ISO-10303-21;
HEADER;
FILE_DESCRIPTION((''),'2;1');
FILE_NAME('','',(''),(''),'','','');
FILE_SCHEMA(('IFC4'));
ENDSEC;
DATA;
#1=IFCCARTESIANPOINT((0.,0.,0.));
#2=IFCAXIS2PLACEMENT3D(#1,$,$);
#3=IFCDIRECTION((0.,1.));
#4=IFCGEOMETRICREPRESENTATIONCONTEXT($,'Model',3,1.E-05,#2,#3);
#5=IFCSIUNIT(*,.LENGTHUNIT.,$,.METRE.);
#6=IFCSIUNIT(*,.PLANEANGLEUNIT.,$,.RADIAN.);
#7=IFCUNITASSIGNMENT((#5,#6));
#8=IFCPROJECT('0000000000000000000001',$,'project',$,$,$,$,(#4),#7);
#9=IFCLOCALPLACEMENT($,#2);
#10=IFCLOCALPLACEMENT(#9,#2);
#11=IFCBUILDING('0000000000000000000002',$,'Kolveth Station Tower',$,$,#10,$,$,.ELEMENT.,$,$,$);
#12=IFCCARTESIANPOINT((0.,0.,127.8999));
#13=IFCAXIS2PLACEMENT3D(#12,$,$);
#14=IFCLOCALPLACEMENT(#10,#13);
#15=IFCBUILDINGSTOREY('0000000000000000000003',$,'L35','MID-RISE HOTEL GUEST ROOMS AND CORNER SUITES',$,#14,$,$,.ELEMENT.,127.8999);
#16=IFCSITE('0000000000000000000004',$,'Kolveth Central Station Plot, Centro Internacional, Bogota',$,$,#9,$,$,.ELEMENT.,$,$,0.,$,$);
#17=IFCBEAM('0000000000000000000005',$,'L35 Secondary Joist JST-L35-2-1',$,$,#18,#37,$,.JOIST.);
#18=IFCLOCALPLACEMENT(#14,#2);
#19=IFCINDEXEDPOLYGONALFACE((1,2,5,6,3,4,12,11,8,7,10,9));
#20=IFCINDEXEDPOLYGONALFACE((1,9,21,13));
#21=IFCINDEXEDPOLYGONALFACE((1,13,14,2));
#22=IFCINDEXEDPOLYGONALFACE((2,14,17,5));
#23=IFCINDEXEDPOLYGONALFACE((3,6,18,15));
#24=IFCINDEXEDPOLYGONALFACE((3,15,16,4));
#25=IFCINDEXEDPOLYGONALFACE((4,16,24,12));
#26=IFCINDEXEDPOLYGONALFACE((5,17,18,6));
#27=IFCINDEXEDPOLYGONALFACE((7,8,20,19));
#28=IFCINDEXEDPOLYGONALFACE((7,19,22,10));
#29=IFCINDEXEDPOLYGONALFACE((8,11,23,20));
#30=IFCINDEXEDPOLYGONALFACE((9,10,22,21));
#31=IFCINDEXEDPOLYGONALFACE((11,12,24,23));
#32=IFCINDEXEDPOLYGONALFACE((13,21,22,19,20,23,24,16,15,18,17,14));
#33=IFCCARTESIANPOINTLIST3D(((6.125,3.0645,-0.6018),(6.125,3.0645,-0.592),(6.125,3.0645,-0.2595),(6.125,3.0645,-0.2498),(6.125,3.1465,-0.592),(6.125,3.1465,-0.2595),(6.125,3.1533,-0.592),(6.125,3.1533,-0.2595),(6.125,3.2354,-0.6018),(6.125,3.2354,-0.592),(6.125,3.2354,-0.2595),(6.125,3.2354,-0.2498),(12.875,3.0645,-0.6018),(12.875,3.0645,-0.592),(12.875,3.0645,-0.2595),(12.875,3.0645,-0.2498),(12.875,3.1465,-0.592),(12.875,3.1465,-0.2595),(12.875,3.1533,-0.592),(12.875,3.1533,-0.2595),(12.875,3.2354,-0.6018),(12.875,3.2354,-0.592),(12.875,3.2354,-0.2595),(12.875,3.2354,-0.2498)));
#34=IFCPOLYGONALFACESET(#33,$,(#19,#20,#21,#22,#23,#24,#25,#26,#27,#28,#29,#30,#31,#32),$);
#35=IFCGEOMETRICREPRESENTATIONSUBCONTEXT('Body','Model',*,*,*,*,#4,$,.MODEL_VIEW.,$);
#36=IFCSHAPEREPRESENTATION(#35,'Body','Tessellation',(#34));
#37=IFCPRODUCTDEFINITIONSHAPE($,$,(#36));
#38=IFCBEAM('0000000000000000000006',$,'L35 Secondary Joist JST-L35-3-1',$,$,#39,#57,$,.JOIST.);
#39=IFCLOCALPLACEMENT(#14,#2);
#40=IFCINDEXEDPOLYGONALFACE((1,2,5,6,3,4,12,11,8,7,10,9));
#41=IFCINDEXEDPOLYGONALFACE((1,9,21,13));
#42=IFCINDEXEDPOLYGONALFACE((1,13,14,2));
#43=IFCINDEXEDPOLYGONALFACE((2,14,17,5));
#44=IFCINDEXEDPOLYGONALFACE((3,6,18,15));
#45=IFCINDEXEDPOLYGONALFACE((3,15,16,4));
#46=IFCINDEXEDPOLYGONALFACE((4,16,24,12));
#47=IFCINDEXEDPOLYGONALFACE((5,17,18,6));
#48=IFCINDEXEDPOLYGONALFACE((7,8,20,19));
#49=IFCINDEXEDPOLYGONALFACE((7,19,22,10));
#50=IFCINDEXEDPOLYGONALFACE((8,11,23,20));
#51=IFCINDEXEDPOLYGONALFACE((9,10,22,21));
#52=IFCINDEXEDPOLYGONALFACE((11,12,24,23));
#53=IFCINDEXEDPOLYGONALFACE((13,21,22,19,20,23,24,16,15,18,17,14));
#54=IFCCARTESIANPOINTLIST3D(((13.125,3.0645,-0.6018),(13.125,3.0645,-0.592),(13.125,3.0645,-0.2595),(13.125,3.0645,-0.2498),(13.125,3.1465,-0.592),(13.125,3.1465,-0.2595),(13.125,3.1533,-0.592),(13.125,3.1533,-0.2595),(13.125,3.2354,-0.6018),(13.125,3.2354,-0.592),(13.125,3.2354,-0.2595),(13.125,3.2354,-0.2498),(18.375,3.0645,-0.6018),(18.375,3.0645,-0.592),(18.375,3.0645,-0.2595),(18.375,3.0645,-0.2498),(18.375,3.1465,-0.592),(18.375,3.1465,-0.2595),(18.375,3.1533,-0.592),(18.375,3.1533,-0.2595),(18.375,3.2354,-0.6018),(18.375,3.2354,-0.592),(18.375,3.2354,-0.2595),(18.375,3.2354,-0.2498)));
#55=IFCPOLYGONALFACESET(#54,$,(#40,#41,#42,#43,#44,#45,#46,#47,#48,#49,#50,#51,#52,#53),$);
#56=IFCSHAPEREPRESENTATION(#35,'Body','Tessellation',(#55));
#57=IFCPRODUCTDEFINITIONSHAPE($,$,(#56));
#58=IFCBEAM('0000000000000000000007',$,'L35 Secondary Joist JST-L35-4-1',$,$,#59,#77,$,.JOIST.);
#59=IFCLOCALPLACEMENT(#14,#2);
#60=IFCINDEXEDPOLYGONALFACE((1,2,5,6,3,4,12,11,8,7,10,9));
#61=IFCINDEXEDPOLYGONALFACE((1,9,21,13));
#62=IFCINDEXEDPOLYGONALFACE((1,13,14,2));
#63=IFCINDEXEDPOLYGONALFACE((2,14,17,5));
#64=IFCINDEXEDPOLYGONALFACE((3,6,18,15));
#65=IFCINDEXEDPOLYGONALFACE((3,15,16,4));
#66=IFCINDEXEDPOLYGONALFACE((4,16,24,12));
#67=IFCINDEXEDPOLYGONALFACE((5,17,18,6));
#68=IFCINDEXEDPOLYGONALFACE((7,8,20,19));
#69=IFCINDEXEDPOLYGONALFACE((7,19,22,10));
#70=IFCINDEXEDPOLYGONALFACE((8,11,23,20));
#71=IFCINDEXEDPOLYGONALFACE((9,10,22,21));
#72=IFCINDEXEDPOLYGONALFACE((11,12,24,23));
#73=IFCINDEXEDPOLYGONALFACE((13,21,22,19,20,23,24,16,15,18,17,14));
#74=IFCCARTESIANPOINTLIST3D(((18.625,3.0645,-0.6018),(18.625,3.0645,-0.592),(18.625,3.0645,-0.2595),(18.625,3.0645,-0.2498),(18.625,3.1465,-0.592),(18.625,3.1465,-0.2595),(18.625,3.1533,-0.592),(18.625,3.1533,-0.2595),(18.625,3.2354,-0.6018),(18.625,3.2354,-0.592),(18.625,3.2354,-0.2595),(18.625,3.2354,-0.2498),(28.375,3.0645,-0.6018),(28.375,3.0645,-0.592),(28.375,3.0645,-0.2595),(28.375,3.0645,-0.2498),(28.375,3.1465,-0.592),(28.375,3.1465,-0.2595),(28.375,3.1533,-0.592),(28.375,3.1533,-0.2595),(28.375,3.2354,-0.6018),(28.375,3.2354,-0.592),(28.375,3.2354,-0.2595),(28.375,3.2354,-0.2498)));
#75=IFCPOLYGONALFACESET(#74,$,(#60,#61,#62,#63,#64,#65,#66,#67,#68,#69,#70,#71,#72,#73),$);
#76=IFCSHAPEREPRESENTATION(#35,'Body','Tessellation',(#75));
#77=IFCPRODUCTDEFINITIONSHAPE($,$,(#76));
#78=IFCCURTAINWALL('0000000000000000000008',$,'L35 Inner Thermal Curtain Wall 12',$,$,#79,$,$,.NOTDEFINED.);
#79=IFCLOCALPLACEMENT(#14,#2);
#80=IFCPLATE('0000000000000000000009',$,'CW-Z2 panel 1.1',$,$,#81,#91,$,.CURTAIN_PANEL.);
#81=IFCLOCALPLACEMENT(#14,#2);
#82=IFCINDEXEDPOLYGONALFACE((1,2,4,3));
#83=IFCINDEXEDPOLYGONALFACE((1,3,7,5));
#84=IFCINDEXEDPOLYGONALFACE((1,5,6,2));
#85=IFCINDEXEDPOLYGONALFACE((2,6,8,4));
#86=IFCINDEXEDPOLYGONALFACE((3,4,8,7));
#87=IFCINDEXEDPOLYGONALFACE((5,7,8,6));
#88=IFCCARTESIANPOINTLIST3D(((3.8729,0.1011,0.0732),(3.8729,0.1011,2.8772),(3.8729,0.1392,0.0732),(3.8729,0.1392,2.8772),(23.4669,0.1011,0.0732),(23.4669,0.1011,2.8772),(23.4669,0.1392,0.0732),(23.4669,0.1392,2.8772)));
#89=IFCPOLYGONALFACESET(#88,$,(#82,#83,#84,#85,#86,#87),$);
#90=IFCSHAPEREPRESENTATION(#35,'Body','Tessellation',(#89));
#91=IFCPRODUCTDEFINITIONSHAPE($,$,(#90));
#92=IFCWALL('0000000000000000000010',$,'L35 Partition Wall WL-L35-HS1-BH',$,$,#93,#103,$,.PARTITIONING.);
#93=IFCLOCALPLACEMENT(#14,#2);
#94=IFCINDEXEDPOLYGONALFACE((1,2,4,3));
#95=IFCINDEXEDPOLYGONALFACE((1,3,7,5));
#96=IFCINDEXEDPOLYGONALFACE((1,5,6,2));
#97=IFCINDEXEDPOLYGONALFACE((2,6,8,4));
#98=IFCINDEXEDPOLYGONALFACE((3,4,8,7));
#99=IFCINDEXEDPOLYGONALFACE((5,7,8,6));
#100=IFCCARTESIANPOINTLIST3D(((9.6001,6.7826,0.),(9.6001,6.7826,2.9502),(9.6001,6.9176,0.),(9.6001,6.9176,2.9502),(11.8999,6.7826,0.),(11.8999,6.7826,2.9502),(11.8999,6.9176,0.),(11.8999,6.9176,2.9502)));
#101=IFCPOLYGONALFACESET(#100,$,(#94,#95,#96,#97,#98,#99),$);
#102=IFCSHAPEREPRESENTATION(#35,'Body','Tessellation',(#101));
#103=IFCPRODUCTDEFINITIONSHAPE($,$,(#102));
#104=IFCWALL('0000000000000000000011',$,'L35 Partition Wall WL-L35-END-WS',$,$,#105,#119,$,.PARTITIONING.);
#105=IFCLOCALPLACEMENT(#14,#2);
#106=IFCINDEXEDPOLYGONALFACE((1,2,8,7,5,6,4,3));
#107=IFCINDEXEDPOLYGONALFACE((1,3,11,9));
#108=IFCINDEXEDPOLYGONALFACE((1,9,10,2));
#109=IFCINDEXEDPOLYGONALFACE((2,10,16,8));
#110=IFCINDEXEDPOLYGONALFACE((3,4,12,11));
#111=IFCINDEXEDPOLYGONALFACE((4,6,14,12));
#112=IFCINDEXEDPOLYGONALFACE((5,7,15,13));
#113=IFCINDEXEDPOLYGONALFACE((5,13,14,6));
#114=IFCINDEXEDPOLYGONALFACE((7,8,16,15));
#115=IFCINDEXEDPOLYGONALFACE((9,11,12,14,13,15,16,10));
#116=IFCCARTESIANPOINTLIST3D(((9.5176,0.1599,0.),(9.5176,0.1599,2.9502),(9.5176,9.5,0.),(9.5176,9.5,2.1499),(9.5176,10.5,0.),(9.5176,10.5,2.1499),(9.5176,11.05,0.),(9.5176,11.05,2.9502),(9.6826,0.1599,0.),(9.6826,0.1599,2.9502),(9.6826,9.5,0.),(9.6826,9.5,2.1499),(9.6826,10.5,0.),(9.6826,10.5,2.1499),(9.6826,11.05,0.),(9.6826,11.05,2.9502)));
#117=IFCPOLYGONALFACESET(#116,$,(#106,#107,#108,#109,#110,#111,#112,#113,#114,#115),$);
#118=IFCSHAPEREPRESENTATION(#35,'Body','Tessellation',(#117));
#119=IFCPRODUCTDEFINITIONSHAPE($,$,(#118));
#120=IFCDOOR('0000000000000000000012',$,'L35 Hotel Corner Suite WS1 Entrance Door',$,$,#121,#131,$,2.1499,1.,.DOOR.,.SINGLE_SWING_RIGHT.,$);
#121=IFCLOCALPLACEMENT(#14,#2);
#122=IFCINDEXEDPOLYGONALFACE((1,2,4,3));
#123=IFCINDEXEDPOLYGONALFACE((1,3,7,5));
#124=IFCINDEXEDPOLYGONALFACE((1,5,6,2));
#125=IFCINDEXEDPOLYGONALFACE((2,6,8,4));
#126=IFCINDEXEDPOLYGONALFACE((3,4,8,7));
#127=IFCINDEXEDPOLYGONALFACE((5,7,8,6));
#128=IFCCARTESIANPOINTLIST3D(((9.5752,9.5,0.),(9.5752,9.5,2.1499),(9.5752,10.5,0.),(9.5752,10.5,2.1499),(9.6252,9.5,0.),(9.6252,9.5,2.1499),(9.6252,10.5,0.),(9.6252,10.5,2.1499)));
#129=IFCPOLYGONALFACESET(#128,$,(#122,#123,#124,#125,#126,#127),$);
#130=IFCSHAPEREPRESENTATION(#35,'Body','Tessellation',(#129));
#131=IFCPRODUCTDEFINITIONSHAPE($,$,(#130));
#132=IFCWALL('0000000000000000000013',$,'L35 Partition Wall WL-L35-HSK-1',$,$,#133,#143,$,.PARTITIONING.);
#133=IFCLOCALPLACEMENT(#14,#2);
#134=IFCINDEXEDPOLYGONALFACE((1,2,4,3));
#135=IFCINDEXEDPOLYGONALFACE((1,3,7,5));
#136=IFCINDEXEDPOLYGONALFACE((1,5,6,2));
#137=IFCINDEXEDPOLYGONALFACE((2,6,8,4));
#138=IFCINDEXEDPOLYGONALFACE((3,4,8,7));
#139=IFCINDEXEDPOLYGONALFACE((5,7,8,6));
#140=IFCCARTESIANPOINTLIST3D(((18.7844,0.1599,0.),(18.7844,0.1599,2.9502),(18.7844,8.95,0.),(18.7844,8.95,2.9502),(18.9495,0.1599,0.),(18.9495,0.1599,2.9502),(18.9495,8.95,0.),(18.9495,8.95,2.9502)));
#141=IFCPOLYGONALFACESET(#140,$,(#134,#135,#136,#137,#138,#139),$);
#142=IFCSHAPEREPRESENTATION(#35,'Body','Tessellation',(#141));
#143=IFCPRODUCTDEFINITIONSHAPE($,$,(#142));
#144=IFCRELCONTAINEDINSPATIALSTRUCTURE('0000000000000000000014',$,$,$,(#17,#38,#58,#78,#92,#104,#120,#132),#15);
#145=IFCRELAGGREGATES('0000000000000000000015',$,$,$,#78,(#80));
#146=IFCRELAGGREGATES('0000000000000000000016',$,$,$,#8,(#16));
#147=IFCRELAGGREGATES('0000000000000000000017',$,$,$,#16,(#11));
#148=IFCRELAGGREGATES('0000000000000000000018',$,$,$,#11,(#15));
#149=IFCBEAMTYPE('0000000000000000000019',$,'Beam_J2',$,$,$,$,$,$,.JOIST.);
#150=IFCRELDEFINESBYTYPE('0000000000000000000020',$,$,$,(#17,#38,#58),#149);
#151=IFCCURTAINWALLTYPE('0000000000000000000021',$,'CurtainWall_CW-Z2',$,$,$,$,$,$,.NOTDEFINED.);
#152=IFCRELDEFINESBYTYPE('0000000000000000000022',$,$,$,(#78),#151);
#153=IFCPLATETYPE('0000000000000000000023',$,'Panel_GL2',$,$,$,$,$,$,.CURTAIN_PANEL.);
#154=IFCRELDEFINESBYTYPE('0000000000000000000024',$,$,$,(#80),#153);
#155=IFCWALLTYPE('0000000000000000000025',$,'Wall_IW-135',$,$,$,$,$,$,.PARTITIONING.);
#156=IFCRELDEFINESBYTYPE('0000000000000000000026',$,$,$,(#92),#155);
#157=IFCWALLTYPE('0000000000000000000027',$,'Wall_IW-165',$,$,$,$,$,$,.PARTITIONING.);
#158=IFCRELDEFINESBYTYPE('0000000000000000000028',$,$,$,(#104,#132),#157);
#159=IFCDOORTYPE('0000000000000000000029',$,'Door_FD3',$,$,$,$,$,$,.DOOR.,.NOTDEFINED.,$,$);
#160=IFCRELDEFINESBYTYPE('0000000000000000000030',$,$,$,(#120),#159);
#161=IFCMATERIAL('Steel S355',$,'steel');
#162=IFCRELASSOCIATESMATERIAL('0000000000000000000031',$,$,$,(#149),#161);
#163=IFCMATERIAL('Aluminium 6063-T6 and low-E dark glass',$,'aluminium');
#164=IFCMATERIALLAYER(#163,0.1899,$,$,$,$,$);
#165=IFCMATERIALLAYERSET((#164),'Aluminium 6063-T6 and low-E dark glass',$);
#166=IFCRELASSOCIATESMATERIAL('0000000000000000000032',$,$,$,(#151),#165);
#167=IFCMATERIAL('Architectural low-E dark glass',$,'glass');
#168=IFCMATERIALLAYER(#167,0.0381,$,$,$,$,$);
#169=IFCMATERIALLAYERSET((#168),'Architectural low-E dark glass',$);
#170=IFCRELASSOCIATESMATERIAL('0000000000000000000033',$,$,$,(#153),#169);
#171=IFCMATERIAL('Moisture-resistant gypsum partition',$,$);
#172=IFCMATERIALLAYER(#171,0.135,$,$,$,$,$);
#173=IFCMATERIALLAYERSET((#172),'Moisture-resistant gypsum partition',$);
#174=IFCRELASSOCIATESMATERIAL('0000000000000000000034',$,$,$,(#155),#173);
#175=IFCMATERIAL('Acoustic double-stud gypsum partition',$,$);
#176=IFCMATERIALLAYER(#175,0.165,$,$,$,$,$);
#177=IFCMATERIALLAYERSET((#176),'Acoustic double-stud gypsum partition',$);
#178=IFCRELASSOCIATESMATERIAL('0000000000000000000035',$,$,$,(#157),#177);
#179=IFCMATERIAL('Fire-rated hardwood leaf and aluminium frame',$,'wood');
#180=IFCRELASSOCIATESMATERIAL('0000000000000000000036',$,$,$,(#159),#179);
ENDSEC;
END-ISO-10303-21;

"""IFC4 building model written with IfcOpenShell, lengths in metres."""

from ifc_helpers import new_model, si_unit, direction, frame, frame_2d, origin, origin_2d, place, context, subcontext, project, spatial, rectangle, i_section, extrude, source, transform, mapped, material, layer, layer_set, material_profile, profile_set, type_object, element, fill, aggregate, save


model = new_model("IFC4")

# Units and contexts
model_context = context("Model", 3, precision=1e-05, world=origin(), true_north=direction((0.0, 1.0)))
body_context = subcontext(model_context, "Body", "Model", "MODEL_VIEW")
ifc_project = project(units=[si_unit("LENGTHUNIT", "METRE"), si_unit("PLANEANGLEUNIT", "RADIAN")], contexts=[model_context])

# Site, building, storey
site_placement = place(None, origin())
site = spatial("IfcSite", under=ifc_project, at=site_placement, Name="Kolveth Central Station Plot, Centro Internacional, Bogota", CompositionType="ELEMENT", RefElevation=0.0)
building_placement = place(site_placement, origin())
building = spatial("IfcBuilding", under=site, at=building_placement, Name="Kolveth Station Tower", CompositionType="ELEMENT")
storey_placement = place(building_placement, frame((0.0, 0.0, 127.8999)))
storey = spatial("IfcBuildingStorey", under=building, at=storey_placement, Name="L35", Description="MID-RISE HOTEL GUEST ROOMS AND CORNER SUITES", CompositionType="ELEMENT", Elevation=127.8999)

# Beams
ifc_material_1 = material(Name="Steel S355", Category="steel")
ifc_material_profile_1 = material_profile(ifc_material_1, i_section(OverallWidth=0.1709, OverallDepth=0.3521, WebThickness=0.0068, FlangeThickness=0.0098, at=origin_2d()), Name="W360x44")
ifc_profile_set_1 = profile_set([ifc_material_profile_1], Name="Steel S355")
beam_type_1 = type_object("IfcBeamType", Name="Beam_J2", PredefinedType="JOIST", material=ifc_profile_set_1)
shared_shape_1 = source(origin(), body_context, "Body", "SweptSolid", [
    extrude(i_section(OverallWidth=0.1709, OverallDepth=0.3521, WebThickness=0.0068, FlangeThickness=0.0098, at=origin_2d()), origin(), (0.0, 0.0, 1.0), 6.75),
])
beam_1_placement = place(storey_placement, frame((6.125, 3.1499, -0.4258), z_axis=(1.0, 0.0, 0.0), x_axis=(0.0, 1.0, 0.0)))
element("IfcBeam", 1, at=beam_1_placement, inside=storey, type_object=beam_type_1, Name="L35 Secondary Joist JST-L35-2-1", PredefinedType="JOIST", context=body_context, shape_type="MappedRepresentation", body=[
    mapped(shared_shape_1, transform((0.0, 0.0, 0.0), x_axis=(1.0, 0.0, 0.0), y_axis=(0.0, 1.0, 0.0), z_axis=(0.0, 0.0, 1.0), scale=1.0)),
])
shared_shape_2 = source(origin(), body_context, "Body", "SweptSolid", [
    extrude(i_section(OverallWidth=0.1709, OverallDepth=0.3521, WebThickness=0.0068, FlangeThickness=0.0098, at=origin_2d()), origin(), (0.0, 0.0, 1.0), 5.25),
])
beam_2_placement = place(storey_placement, frame((13.125, 3.1499, -0.4258), z_axis=(1.0, 0.0, 0.0), x_axis=(0.0, 1.0, 0.0)))
element("IfcBeam", 2, at=beam_2_placement, inside=storey, type_object=beam_type_1, Name="L35 Secondary Joist JST-L35-3-1", PredefinedType="JOIST", context=body_context, shape_type="MappedRepresentation", body=[
    mapped(shared_shape_2, transform((0.0, 0.0, 0.0), x_axis=(1.0, 0.0, 0.0), y_axis=(0.0, 1.0, 0.0), z_axis=(0.0, 0.0, 1.0), scale=1.0)),
])
shared_shape_3 = source(origin(), body_context, "Body", "SweptSolid", [
    extrude(i_section(OverallWidth=0.1709, OverallDepth=0.3521, WebThickness=0.0068, FlangeThickness=0.0098, at=origin_2d()), origin(), (0.0, 0.0, 1.0), 9.75),
])
beam_3_placement = place(storey_placement, frame((18.625, 3.1499, -0.4258), z_axis=(1.0, 0.0, 0.0), x_axis=(0.0, 1.0, 0.0)))
element("IfcBeam", 3, at=beam_3_placement, inside=storey, type_object=beam_type_1, Name="L35 Secondary Joist JST-L35-4-1", PredefinedType="JOIST", context=body_context, shape_type="MappedRepresentation", body=[
    mapped(shared_shape_3, transform((0.0, 0.0, 0.0), x_axis=(1.0, 0.0, 0.0), y_axis=(0.0, 1.0, 0.0), z_axis=(0.0, 0.0, 1.0), scale=1.0)),
])

# Curtain wall, plate
ifc_material_2 = material(Name="Aluminium 6063-T6 and low-E dark glass", Category="aluminium")
ifc_layer_1 = layer(ifc_material_2, 0.1899)
ifc_layer_set_1 = layer_set([ifc_layer_1], Name="Aluminium 6063-T6 and low-E dark glass")
curtain_wall_type = type_object("IfcCurtainWallType", Name="CurtainWall_CW-Z2", PredefinedType="NOTDEFINED", material=ifc_layer_set_1)
curtain_wall_placement = place(storey_placement, origin())
curtain_wall = element("IfcCurtainWall", 4, at=curtain_wall_placement, inside=storey, type_object=curtain_wall_type, Name="L35 Inner Thermal Curtain Wall 12", PredefinedType="NOTDEFINED")
ifc_material_3 = material(Name="Architectural low-E dark glass", Category="glass")
ifc_layer_2 = layer(ifc_material_3, 0.0381)
ifc_layer_set_2 = layer_set([ifc_layer_2], Name="Architectural low-E dark glass")
plate_type = type_object("IfcPlateType", Name="Panel_GL2", PredefinedType="CURTAIN_PANEL", material=ifc_layer_set_2)
shared_shape_4 = source(origin(), body_context, "Body", "SweptSolid", [
    extrude(rectangle(XDim=19.594, YDim=0.0381, at=origin_2d()), origin(), (0.0, 0.0, 1.0), 2.804),
])
plate_placement = place(storey_placement, frame((13.6699, 0.1201, 0.0732), z_axis=(0.0, 0.0, 1.0), x_axis=(1.0, 0.0, 0.0)))
plate = element("IfcPlate", 5, at=plate_placement, type_object=plate_type, Name="CW-Z2 panel 1.1", PredefinedType="CURTAIN_PANEL", context=body_context, shape_type="MappedRepresentation", body=[
    mapped(shared_shape_4, transform((0.0, 0.0, 0.0), x_axis=(1.0, 0.0, 0.0), y_axis=(0.0, 1.0, 0.0), z_axis=(0.0, 0.0, 1.0), scale=1.0)),
])
aggregate(curtain_wall, [plate])

# Wall
ifc_material_4 = material(Name="Moisture-resistant gypsum partition")
ifc_layer_3 = layer(ifc_material_4, 0.135)
ifc_layer_set_3 = layer_set([ifc_layer_3], Name="Moisture-resistant gypsum partition")
wall_type_1 = type_object("IfcWallType", Name="Wall_IW-135", PredefinedType="PARTITIONING", material=ifc_layer_set_3)
wall_1_placement = place(storey_placement, frame((9.6001, 6.8501, 0.0), z_axis=(0.0, 0.0, 1.0), x_axis=(1.0, 0.0, 0.0)))
element("IfcWall", 6, at=wall_1_placement, inside=storey, type_object=wall_type_1, Name="L35 Partition Wall WL-L35-HS1-BH", PredefinedType="PARTITIONING", context=body_context, shape_type="SweptSolid", body=[
    extrude(rectangle(XDim=2.2998, YDim=0.135, at=frame_2d((1.1499, 0.0))), origin(), (0.0, 0.0, 1.0), 2.9502),
])

# Wall, opening, door
ifc_material_5 = material(Name="Acoustic double-stud gypsum partition")
ifc_layer_4 = layer(ifc_material_5, 0.165)
ifc_layer_set_4 = layer_set([ifc_layer_4], Name="Acoustic double-stud gypsum partition")
wall_type_2 = type_object("IfcWallType", Name="Wall_IW-165", PredefinedType="PARTITIONING", material=ifc_layer_set_4)
wall_2_placement = place(storey_placement, frame((9.6001, 0.1599, 0.0), z_axis=(0.0, 0.0, 1.0), x_axis=(0.0, 1.0, 0.0)))
wall_2 = element("IfcWall", 7, at=wall_2_placement, inside=storey, type_object=wall_type_2, Name="L35 Partition Wall WL-L35-END-WS", PredefinedType="PARTITIONING", context=body_context, shape_type="SweptSolid", body=[
    extrude(rectangle(XDim=10.8901, YDim=0.165, at=frame_2d((5.4451, 0.0))), origin(), (0.0, 0.0, 1.0), 2.9502),
])
opening_placement = place(wall_2_placement, frame((9.3401, 0.0, 0.0)))
opening = element("IfcOpeningElement", 8, at=opening_placement, cuts=wall_2, PredefinedType="OPENING", context=body_context, shape_type="SweptSolid", body=[
    extrude(rectangle(XDim=1.0, YDim=2.1499, at=frame_2d((0.5, 1.075))), frame((0.0, 0.0925, 0.0), z_axis=(0.0, -1.0, 0.0), x_axis=(1.0, 0.0, 0.0)), (0.0, 0.0, 1.0), 0.1851),
])
ifc_material_6 = material(Name="Fire-rated hardwood leaf and aluminium frame", Category="wood")
door_type = type_object("IfcDoorType", Name="Door_FD3", OperationType="NOTDEFINED", PredefinedType="DOOR", material=ifc_material_6)
door_placement = place(opening_placement, origin())
door = element("IfcDoor", 9, at=door_placement, inside=storey, type_object=door_type, Name="L35 Hotel Corner Suite WS1 Entrance Door", OperationType="SINGLE_SWING_RIGHT", OverallHeight=2.1499, OverallWidth=1.0, PredefinedType="DOOR", context=body_context, shape_type="SweptSolid", body=[
    extrude(rectangle(XDim=1.0, YDim=2.1499, at=frame_2d((0.5, 1.075))), frame((0.0, 0.0249, 0.0), z_axis=(0.0, -1.0, 0.0), x_axis=(1.0, 0.0, 0.0)), (0.0, 0.0, 1.0), 0.05),
])
fill(opening, door)

# Wall
wall_3_placement = place(storey_placement, frame((18.8669, 0.1599, 0.0), z_axis=(0.0, 0.0, 1.0), x_axis=(0.0, 1.0, 0.0)))
element("IfcWall", 10, at=wall_3_placement, inside=storey, type_object=wall_type_2, Name="L35 Partition Wall WL-L35-HSK-1", PredefinedType="PARTITIONING", context=body_context, shape_type="SweptSolid", body=[
    extrude(rectangle(XDim=8.79, YDim=0.165, at=frame_2d((4.395, 0.0))), origin(), (0.0, 0.0, 1.0), 2.9502),
])

save(model, "model.ifc")
